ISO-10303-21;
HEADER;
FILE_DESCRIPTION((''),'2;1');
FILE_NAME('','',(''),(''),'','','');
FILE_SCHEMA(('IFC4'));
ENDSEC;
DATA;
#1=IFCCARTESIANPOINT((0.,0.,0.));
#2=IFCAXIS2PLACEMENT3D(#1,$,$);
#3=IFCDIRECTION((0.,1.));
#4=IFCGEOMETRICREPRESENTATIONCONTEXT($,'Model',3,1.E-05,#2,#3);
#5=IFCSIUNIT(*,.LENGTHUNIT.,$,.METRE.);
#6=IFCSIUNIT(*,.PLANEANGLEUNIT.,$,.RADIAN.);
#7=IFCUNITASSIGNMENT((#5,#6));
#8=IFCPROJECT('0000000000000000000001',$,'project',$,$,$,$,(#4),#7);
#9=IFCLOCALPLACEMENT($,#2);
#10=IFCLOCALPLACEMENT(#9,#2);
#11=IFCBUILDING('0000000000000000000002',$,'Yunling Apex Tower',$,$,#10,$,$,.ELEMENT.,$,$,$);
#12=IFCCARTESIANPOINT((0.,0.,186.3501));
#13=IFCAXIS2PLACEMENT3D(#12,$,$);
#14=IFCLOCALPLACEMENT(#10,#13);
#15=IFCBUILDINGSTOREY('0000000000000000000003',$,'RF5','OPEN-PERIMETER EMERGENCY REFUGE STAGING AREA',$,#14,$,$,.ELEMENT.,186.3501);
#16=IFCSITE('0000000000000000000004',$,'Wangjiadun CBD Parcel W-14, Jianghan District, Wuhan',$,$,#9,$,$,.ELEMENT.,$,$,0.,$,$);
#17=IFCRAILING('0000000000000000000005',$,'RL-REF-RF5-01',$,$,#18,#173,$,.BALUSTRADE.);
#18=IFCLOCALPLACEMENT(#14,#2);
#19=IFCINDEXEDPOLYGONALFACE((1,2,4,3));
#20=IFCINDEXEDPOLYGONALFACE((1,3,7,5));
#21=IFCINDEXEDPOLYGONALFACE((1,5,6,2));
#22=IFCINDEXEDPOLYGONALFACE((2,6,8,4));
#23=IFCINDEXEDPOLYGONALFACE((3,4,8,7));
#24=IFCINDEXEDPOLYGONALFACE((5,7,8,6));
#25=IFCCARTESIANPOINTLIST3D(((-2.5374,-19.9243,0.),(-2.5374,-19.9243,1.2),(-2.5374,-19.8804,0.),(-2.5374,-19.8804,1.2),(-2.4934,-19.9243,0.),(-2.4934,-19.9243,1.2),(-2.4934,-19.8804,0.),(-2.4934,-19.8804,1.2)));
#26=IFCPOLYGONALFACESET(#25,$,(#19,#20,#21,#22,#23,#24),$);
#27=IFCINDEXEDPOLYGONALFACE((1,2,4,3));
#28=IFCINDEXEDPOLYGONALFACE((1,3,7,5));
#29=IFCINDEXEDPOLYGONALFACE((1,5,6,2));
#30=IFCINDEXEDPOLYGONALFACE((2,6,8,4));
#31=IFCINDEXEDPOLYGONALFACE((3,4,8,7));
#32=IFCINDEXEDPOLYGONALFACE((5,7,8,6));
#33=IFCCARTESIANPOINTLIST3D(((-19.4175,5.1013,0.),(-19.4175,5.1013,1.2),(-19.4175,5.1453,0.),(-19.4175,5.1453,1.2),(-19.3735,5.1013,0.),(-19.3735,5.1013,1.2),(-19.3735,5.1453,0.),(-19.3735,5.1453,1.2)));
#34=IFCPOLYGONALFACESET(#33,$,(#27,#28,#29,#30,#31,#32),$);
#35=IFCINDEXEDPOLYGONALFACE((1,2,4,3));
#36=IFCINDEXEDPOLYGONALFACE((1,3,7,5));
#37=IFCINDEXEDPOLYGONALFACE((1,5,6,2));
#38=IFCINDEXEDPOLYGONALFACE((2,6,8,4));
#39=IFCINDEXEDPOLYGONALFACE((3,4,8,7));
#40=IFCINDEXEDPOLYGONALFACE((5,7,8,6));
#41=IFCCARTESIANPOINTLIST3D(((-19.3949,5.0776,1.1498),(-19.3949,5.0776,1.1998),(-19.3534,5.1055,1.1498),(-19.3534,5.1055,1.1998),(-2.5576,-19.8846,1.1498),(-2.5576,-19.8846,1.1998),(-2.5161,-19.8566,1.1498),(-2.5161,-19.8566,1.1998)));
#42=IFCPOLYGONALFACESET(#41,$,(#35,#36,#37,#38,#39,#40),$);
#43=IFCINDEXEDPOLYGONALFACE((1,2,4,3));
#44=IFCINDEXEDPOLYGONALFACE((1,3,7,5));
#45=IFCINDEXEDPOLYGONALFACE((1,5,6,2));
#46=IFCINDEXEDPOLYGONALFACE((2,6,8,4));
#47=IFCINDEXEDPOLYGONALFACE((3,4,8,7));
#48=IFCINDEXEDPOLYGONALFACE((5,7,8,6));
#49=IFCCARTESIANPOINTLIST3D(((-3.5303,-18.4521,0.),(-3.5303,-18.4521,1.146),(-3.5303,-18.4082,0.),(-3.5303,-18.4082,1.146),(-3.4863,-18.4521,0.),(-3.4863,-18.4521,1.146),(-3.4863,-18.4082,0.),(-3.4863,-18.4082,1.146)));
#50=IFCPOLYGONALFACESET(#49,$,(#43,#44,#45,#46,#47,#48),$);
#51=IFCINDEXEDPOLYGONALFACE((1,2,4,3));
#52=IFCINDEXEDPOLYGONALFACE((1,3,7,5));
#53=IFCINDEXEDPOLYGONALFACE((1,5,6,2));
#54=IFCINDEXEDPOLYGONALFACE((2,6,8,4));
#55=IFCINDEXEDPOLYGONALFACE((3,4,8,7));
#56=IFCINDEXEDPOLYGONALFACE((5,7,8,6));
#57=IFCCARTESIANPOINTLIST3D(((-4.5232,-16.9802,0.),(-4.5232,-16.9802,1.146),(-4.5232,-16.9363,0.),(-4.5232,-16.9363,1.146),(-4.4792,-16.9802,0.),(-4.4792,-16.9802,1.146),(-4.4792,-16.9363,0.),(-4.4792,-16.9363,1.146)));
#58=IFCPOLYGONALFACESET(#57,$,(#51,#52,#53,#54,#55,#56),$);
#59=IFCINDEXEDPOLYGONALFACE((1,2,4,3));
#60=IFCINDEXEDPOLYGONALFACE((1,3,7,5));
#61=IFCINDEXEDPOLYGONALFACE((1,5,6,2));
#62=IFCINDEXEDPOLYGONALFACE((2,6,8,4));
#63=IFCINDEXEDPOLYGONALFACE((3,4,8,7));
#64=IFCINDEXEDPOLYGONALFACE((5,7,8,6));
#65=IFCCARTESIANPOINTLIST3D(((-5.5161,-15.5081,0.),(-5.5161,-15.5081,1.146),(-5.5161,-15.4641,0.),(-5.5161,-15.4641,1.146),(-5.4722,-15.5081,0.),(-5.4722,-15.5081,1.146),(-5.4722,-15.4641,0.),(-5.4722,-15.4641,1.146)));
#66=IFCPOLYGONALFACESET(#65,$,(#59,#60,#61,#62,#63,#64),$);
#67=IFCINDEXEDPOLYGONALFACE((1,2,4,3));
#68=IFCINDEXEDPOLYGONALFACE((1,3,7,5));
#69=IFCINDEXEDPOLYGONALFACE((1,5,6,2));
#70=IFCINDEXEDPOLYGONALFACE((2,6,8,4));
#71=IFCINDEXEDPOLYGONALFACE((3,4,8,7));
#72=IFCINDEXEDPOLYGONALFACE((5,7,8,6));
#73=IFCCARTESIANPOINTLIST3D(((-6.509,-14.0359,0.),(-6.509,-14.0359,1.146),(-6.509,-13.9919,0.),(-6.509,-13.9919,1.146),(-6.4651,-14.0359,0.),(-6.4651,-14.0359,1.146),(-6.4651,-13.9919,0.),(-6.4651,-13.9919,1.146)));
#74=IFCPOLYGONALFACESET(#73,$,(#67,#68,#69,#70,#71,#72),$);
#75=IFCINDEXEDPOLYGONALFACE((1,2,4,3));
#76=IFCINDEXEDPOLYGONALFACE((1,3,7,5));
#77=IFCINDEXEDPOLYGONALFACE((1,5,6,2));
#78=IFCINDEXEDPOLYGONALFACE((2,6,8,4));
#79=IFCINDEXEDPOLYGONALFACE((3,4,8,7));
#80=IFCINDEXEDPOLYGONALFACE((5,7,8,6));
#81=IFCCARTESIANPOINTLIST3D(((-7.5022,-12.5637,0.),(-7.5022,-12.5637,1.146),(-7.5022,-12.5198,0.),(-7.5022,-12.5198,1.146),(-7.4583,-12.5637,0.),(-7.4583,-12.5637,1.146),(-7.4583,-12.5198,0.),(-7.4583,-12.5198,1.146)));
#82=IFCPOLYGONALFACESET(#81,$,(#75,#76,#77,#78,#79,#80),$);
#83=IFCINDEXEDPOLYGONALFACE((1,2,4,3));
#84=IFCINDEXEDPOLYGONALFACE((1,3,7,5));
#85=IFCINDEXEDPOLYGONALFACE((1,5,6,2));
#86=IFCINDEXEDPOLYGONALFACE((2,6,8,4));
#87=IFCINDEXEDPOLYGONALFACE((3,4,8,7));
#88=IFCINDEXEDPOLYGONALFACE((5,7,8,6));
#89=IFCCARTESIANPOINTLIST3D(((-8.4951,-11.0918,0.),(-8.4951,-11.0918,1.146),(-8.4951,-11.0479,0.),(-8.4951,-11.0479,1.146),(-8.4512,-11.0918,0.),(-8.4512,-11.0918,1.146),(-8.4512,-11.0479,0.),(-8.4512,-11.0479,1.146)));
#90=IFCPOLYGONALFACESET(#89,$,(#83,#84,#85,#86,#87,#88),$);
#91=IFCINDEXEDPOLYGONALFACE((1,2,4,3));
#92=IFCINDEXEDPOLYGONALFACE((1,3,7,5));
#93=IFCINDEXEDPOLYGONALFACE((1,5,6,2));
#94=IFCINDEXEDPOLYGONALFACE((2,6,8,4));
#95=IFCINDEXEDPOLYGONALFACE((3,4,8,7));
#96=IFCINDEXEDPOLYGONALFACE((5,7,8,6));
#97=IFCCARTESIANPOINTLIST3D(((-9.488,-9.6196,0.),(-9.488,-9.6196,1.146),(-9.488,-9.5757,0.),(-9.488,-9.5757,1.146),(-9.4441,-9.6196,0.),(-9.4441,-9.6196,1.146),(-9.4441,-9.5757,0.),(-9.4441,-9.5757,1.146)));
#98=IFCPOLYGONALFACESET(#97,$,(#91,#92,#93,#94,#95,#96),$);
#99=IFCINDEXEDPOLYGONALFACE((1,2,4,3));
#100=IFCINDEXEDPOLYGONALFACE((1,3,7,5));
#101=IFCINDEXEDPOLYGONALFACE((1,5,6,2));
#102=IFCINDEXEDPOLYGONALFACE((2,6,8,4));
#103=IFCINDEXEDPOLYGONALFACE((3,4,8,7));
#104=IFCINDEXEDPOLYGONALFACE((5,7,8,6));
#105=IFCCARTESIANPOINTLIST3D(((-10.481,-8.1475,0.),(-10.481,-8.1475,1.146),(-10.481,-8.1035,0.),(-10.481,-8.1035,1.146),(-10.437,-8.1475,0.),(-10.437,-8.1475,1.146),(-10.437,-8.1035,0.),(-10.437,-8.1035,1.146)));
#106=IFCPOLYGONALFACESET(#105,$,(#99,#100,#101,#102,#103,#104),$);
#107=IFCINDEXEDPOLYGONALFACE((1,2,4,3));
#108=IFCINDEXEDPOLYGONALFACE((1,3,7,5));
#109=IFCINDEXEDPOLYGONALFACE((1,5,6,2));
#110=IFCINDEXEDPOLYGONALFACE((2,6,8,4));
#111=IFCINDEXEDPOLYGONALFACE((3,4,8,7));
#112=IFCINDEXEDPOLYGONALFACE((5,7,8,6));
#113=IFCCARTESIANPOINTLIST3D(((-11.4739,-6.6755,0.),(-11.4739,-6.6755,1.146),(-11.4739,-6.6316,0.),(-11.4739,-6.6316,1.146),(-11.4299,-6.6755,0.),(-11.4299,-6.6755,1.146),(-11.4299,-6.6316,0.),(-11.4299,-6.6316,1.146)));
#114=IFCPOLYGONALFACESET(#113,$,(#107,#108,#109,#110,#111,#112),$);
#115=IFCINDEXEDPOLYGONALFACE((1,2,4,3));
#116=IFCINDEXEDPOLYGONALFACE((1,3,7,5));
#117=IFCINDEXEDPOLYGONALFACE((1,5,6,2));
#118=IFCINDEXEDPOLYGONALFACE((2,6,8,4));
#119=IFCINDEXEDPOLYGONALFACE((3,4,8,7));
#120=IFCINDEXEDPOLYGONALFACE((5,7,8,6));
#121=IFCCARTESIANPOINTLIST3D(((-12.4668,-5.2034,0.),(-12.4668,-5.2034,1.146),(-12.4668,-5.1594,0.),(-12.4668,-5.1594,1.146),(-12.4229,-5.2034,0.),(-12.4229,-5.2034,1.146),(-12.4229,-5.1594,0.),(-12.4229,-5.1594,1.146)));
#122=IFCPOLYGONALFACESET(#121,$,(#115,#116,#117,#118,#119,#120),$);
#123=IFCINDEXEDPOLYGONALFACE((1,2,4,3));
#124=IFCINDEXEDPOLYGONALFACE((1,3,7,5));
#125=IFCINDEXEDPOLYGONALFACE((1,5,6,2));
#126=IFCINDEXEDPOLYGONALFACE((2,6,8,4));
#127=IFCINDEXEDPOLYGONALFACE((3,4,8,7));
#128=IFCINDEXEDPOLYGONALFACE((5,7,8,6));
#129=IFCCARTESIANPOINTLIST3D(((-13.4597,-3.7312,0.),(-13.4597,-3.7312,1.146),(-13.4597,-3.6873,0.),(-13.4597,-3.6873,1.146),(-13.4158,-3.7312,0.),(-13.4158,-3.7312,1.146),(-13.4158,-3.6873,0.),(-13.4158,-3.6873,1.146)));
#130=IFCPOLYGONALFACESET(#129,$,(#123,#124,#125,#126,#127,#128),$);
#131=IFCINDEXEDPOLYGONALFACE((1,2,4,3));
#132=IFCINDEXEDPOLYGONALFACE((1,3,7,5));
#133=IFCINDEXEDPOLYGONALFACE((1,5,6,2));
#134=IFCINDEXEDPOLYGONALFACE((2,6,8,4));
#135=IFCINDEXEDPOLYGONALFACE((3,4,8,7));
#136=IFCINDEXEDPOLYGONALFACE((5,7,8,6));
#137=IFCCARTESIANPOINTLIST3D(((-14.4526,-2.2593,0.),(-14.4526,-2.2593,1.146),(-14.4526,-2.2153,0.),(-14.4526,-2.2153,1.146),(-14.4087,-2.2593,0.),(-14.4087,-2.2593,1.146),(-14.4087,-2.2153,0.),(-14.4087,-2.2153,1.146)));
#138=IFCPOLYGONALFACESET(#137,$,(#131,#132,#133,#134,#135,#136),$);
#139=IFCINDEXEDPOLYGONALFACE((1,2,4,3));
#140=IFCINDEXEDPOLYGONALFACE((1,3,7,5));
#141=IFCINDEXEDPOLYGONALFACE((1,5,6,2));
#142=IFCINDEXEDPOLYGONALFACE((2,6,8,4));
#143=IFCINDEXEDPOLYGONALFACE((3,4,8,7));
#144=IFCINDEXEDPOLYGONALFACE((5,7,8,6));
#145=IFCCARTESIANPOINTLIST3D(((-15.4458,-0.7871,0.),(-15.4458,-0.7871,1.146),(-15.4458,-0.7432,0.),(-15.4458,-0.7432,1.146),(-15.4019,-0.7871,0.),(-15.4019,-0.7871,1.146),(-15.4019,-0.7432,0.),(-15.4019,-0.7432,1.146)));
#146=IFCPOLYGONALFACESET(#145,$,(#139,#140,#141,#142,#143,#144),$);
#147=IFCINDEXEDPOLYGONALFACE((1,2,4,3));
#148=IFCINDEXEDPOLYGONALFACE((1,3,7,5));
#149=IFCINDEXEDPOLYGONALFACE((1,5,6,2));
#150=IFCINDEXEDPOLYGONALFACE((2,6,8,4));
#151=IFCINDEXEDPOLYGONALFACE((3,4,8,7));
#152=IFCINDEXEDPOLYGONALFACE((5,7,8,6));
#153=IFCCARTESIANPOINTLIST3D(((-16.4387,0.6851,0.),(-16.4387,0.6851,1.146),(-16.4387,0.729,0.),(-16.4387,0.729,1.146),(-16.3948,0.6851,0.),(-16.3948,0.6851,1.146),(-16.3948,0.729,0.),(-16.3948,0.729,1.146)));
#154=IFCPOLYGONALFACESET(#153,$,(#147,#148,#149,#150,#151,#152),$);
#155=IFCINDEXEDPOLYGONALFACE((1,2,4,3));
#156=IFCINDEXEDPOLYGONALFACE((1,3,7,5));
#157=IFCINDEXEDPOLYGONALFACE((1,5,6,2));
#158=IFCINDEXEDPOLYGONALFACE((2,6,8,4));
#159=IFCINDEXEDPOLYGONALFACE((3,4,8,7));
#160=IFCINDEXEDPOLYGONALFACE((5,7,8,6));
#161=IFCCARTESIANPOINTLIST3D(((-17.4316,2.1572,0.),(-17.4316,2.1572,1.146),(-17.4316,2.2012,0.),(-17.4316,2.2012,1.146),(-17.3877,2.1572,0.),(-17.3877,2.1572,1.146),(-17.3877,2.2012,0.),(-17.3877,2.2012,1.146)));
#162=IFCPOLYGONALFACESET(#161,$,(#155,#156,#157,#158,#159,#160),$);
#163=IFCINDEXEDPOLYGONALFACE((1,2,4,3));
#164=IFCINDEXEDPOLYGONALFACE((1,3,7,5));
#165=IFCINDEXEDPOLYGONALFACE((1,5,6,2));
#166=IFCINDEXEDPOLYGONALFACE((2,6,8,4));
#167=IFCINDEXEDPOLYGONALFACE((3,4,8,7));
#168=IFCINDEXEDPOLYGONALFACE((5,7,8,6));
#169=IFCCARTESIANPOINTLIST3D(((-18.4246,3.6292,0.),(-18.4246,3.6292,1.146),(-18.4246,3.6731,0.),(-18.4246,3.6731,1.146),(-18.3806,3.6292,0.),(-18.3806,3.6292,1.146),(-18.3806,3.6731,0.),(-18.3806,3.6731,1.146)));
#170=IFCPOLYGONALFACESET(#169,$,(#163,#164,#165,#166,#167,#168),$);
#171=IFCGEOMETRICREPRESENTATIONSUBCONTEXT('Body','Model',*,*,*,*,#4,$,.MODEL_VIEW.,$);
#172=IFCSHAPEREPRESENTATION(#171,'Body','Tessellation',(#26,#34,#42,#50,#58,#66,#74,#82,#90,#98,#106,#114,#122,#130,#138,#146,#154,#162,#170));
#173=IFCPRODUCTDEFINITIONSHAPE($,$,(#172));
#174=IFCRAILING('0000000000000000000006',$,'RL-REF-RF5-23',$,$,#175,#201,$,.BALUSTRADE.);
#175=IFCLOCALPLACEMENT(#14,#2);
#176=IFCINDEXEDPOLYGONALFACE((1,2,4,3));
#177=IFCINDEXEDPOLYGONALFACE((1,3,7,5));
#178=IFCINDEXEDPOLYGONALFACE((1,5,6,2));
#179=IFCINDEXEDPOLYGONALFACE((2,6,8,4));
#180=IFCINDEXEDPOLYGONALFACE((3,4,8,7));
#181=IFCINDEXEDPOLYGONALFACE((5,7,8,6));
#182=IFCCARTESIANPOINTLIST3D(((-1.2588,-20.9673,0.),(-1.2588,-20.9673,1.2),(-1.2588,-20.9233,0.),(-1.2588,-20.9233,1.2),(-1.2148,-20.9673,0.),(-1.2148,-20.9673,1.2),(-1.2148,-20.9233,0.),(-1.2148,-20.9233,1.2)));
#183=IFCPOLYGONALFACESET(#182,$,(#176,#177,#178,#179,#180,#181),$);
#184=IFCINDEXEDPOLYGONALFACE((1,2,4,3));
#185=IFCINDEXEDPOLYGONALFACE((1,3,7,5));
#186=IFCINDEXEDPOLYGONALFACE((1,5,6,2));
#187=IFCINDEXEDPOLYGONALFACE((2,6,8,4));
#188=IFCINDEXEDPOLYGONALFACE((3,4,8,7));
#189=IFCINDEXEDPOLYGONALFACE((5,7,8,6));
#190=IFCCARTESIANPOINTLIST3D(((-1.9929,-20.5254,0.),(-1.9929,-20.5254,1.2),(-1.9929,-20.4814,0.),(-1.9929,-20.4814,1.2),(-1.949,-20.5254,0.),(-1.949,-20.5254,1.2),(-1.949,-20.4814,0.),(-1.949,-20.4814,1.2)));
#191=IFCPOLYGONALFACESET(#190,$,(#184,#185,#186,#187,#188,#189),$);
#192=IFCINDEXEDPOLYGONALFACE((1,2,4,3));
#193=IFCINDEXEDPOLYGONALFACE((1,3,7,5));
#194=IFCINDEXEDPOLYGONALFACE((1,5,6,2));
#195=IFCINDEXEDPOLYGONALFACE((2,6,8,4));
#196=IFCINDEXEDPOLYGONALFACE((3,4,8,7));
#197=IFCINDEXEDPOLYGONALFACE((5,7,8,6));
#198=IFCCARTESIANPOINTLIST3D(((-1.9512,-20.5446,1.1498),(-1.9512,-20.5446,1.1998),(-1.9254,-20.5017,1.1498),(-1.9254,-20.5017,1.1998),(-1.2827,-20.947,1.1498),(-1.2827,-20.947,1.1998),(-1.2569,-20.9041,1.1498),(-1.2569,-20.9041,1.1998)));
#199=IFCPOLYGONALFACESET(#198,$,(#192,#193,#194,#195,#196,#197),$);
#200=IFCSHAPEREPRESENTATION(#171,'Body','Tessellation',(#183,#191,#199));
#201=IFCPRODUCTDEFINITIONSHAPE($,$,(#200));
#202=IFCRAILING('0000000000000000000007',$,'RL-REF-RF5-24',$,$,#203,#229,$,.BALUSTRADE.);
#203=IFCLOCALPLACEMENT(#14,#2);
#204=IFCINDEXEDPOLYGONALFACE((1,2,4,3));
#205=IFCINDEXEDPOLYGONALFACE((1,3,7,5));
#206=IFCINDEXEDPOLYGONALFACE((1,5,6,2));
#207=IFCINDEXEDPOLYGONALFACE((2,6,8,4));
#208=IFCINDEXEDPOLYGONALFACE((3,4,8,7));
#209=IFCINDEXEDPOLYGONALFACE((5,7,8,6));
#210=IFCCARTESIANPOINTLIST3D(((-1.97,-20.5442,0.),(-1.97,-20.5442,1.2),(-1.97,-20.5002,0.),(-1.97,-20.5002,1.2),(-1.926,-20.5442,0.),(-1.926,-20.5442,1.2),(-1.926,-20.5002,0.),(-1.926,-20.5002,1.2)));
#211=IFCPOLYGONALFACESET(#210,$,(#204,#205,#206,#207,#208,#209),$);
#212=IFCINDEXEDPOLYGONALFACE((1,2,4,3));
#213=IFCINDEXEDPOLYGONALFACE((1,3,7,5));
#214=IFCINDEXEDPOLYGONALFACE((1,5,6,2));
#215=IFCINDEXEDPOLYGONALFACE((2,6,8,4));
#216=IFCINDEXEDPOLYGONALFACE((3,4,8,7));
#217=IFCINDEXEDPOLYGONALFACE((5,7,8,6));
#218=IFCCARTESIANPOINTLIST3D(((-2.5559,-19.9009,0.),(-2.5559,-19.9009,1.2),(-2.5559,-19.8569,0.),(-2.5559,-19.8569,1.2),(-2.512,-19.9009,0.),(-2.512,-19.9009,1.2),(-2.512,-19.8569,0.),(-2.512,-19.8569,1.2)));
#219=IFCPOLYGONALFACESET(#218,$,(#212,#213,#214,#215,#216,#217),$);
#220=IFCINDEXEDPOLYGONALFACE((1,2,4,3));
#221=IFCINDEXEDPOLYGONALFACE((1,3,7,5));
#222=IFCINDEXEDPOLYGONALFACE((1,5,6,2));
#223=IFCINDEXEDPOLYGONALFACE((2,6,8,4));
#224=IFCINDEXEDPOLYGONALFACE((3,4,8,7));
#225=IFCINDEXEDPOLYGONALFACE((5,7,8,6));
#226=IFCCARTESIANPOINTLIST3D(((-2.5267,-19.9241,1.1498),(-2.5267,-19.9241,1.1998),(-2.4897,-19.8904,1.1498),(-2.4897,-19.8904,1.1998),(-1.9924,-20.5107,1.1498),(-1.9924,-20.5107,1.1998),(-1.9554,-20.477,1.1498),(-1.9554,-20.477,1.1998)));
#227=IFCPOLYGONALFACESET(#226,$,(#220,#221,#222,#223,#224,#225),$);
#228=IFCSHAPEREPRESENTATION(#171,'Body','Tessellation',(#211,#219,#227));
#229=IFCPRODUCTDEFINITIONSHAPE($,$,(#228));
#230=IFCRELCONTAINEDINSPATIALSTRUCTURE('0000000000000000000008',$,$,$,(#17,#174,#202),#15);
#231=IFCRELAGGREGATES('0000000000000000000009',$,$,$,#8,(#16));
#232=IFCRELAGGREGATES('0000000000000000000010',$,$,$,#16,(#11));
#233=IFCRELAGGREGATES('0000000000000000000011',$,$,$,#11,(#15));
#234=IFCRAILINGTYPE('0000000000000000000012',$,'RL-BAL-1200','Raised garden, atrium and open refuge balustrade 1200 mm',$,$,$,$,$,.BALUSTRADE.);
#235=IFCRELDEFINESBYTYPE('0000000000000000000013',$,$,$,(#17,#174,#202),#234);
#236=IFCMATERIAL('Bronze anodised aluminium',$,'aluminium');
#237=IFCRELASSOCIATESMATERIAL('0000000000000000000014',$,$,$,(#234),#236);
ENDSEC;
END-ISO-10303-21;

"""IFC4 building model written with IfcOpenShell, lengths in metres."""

from ifc_helpers import new_model, si_unit, direction, frame, origin, origin_2d, place, context, subcontext, project, spatial, rectangle, extrude, material, type_object, element, save


model = new_model("IFC4")

# Units and contexts
model_context = context("Model", 3, precision=1e-05, world=origin(), true_north=direction((0.0, 1.0)))
body_context = subcontext(model_context, "Body", "Model", "MODEL_VIEW")
ifc_project = project(units=[si_unit("LENGTHUNIT", "METRE"), si_unit("PLANEANGLEUNIT", "RADIAN")], contexts=[model_context])

# Site, building, storey
site_placement = place(None, origin())
site = spatial("IfcSite", under=ifc_project, at=site_placement, Name="Wangjiadun CBD Parcel W-14, Jianghan District, Wuhan", CompositionType="ELEMENT", RefElevation=0.0)
building_placement = place(site_placement, origin())
building = spatial("IfcBuilding", under=site, at=building_placement, Name="Yunling Apex Tower", CompositionType="ELEMENT")
storey_placement = place(building_placement, frame((0.0, 0.0, 186.3501)))
storey = spatial("IfcBuildingStorey", under=building, at=storey_placement, Name="RF5", Description="OPEN-PERIMETER EMERGENCY REFUGE STAGING AREA", CompositionType="ELEMENT", Elevation=186.3501)

# Railings
ifc_material_1 = material(Name="Bronze anodised aluminium", Category="aluminium")
railing_type = type_object("IfcRailingType", Name="RL-BAL-1200", Description="Raised garden, atrium and open refuge balustrade 1200 mm", PredefinedType="BALUSTRADE", material=ifc_material_1)
railing_1_placement = place(storey_placement, frame((-2.5154, -19.9023, 0.0)))
element("IfcRailing", 1, at=railing_1_placement, inside=storey, type_object=railing_type, Name="RL-REF-RF5-01", PredefinedType="BALUSTRADE", context=body_context, shape_type="SweptSolid", body=[
    extrude(rectangle(XDim=0.0439, YDim=0.0439, at=origin_2d()), origin(), (0.0, 0.0, 1.0), 1.2),
    extrude(rectangle(XDim=0.0439, YDim=0.0439, at=origin_2d()), frame((-16.8801, 25.0256, 0.0)), (0.0, 0.0, 1.0), 1.2),
    extrude(rectangle(XDim=0.05, YDim=0.05, at=origin_2d()), frame((-0.0215, 0.0317, 1.1748), z_axis=(-0.559196, 0.829036, 0.0), x_axis=(-0.829036, -0.559196, 0.0)), (0.0, 0.0, 1.0), 30.1099),
    extrude(rectangle(XDim=0.0439, YDim=0.0439, at=origin_2d()), frame((-0.9929, 1.4722, 0.0)), (0.0, 0.0, 1.0), 1.146),
    extrude(rectangle(XDim=0.0439, YDim=0.0439, at=origin_2d()), frame((-1.9858, 2.9441, 0.0)), (0.0, 0.0, 1.0), 1.146),
    extrude(rectangle(XDim=0.0439, YDim=0.0439, at=origin_2d()), frame((-2.9788, 4.4163, 0.0)), (0.0, 0.0, 1.0), 1.146),
    extrude(rectangle(XDim=0.0439, YDim=0.0439, at=origin_2d()), frame((-3.9717, 5.8884, 0.0)), (0.0, 0.0, 1.0), 1.146),
    extrude(rectangle(XDim=0.0439, YDim=0.0439, at=origin_2d()), frame((-4.9648, 7.3606, 0.0)), (0.0, 0.0, 1.0), 1.146),
    extrude(rectangle(XDim=0.0439, YDim=0.0439, at=origin_2d()), frame((-5.9578, 8.8325, 0.0)), (0.0, 0.0, 1.0), 1.146),
    extrude(rectangle(XDim=0.0439, YDim=0.0439, at=origin_2d()), frame((-6.9507, 10.3047, 0.0)), (0.0, 0.0, 1.0), 1.146),
    extrude(rectangle(XDim=0.0439, YDim=0.0439, at=origin_2d()), frame((-7.9436, 11.7769, 0.0)), (0.0, 0.0, 1.0), 1.146),
    extrude(rectangle(XDim=0.0439, YDim=0.0439, at=origin_2d()), frame((-8.9365, 13.2488, 0.0)), (0.0, 0.0, 1.0), 1.146),
    extrude(rectangle(XDim=0.0439, YDim=0.0439, at=origin_2d()), frame((-9.9294, 14.7209, 0.0)), (0.0, 0.0, 1.0), 1.146),
    extrude(rectangle(XDim=0.0439, YDim=0.0439, at=origin_2d()), frame((-10.9224, 16.1931, 0.0)), (0.0, 0.0, 1.0), 1.146),
    extrude(rectangle(XDim=0.0439, YDim=0.0439, at=origin_2d()), frame((-11.9153, 17.665, 0.0)), (0.0, 0.0, 1.0), 1.146),
    extrude(rectangle(XDim=0.0439, YDim=0.0439, at=origin_2d()), frame((-12.9084, 19.1372, 0.0)), (0.0, 0.0, 1.0), 1.146),
    extrude(rectangle(XDim=0.0439, YDim=0.0439, at=origin_2d()), frame((-13.9014, 20.6094, 0.0)), (0.0, 0.0, 1.0), 1.146),
    extrude(rectangle(XDim=0.0439, YDim=0.0439, at=origin_2d()), frame((-14.8943, 22.0815, 0.0)), (0.0, 0.0, 1.0), 1.146),
    extrude(rectangle(XDim=0.0439, YDim=0.0439, at=origin_2d()), frame((-15.8872, 23.5535, 0.0)), (0.0, 0.0, 1.0), 1.146),
])
railing_2_placement = place(storey_placement, frame((-1.2368, -20.9453, 0.0)))
element("IfcRailing", 2, at=railing_2_placement, inside=storey, type_object=railing_type, Name="RL-REF-RF5-23", PredefinedType="BALUSTRADE", context=body_context, shape_type="SweptSolid", body=[
    extrude(rectangle(XDim=0.0439, YDim=0.0439, at=origin_2d()), origin(), (0.0, 0.0, 1.0), 1.2),
    extrude(rectangle(XDim=0.0439, YDim=0.0439, at=origin_2d()), frame((-0.7341, 0.4419, 0.0)), (0.0, 0.0, 1.0), 1.2),
    extrude(rectangle(XDim=0.05, YDim=0.05, at=origin_2d()), frame((-0.033, 0.0198, 1.1748), z_axis=(-0.856763, 0.51571, 0.0), x_axis=(-0.51571, -0.856763, 0.0)), (0.0, 0.0, 1.0), 0.7803),
])
railing_3_placement = place(storey_placement, frame((-1.948, -20.5222, 0.0)))
element("IfcRailing", 3, at=railing_3_placement, inside=storey, type_object=railing_type, Name="RL-REF-RF5-24", PredefinedType="BALUSTRADE", context=body_context, shape_type="SweptSolid", body=[
    extrude(rectangle(XDim=0.0439, YDim=0.0439, at=origin_2d()), origin(), (0.0, 0.0, 1.0), 1.2),
    extrude(rectangle(XDim=0.0439, YDim=0.0439, at=origin_2d()), frame((-0.5859, 0.6433, 0.0)), (0.0, 0.0, 1.0), 1.2),
    extrude(rectangle(XDim=0.05, YDim=0.05, at=origin_2d()), frame((-0.0259, 0.0283, 1.1748), z_axis=(-0.673371, 0.739305, 0.0), x_axis=(-0.739305, -0.673371, 0.0)), (0.0, 0.0, 1.0), 0.7935),
])

save(model, "model.ifc")
